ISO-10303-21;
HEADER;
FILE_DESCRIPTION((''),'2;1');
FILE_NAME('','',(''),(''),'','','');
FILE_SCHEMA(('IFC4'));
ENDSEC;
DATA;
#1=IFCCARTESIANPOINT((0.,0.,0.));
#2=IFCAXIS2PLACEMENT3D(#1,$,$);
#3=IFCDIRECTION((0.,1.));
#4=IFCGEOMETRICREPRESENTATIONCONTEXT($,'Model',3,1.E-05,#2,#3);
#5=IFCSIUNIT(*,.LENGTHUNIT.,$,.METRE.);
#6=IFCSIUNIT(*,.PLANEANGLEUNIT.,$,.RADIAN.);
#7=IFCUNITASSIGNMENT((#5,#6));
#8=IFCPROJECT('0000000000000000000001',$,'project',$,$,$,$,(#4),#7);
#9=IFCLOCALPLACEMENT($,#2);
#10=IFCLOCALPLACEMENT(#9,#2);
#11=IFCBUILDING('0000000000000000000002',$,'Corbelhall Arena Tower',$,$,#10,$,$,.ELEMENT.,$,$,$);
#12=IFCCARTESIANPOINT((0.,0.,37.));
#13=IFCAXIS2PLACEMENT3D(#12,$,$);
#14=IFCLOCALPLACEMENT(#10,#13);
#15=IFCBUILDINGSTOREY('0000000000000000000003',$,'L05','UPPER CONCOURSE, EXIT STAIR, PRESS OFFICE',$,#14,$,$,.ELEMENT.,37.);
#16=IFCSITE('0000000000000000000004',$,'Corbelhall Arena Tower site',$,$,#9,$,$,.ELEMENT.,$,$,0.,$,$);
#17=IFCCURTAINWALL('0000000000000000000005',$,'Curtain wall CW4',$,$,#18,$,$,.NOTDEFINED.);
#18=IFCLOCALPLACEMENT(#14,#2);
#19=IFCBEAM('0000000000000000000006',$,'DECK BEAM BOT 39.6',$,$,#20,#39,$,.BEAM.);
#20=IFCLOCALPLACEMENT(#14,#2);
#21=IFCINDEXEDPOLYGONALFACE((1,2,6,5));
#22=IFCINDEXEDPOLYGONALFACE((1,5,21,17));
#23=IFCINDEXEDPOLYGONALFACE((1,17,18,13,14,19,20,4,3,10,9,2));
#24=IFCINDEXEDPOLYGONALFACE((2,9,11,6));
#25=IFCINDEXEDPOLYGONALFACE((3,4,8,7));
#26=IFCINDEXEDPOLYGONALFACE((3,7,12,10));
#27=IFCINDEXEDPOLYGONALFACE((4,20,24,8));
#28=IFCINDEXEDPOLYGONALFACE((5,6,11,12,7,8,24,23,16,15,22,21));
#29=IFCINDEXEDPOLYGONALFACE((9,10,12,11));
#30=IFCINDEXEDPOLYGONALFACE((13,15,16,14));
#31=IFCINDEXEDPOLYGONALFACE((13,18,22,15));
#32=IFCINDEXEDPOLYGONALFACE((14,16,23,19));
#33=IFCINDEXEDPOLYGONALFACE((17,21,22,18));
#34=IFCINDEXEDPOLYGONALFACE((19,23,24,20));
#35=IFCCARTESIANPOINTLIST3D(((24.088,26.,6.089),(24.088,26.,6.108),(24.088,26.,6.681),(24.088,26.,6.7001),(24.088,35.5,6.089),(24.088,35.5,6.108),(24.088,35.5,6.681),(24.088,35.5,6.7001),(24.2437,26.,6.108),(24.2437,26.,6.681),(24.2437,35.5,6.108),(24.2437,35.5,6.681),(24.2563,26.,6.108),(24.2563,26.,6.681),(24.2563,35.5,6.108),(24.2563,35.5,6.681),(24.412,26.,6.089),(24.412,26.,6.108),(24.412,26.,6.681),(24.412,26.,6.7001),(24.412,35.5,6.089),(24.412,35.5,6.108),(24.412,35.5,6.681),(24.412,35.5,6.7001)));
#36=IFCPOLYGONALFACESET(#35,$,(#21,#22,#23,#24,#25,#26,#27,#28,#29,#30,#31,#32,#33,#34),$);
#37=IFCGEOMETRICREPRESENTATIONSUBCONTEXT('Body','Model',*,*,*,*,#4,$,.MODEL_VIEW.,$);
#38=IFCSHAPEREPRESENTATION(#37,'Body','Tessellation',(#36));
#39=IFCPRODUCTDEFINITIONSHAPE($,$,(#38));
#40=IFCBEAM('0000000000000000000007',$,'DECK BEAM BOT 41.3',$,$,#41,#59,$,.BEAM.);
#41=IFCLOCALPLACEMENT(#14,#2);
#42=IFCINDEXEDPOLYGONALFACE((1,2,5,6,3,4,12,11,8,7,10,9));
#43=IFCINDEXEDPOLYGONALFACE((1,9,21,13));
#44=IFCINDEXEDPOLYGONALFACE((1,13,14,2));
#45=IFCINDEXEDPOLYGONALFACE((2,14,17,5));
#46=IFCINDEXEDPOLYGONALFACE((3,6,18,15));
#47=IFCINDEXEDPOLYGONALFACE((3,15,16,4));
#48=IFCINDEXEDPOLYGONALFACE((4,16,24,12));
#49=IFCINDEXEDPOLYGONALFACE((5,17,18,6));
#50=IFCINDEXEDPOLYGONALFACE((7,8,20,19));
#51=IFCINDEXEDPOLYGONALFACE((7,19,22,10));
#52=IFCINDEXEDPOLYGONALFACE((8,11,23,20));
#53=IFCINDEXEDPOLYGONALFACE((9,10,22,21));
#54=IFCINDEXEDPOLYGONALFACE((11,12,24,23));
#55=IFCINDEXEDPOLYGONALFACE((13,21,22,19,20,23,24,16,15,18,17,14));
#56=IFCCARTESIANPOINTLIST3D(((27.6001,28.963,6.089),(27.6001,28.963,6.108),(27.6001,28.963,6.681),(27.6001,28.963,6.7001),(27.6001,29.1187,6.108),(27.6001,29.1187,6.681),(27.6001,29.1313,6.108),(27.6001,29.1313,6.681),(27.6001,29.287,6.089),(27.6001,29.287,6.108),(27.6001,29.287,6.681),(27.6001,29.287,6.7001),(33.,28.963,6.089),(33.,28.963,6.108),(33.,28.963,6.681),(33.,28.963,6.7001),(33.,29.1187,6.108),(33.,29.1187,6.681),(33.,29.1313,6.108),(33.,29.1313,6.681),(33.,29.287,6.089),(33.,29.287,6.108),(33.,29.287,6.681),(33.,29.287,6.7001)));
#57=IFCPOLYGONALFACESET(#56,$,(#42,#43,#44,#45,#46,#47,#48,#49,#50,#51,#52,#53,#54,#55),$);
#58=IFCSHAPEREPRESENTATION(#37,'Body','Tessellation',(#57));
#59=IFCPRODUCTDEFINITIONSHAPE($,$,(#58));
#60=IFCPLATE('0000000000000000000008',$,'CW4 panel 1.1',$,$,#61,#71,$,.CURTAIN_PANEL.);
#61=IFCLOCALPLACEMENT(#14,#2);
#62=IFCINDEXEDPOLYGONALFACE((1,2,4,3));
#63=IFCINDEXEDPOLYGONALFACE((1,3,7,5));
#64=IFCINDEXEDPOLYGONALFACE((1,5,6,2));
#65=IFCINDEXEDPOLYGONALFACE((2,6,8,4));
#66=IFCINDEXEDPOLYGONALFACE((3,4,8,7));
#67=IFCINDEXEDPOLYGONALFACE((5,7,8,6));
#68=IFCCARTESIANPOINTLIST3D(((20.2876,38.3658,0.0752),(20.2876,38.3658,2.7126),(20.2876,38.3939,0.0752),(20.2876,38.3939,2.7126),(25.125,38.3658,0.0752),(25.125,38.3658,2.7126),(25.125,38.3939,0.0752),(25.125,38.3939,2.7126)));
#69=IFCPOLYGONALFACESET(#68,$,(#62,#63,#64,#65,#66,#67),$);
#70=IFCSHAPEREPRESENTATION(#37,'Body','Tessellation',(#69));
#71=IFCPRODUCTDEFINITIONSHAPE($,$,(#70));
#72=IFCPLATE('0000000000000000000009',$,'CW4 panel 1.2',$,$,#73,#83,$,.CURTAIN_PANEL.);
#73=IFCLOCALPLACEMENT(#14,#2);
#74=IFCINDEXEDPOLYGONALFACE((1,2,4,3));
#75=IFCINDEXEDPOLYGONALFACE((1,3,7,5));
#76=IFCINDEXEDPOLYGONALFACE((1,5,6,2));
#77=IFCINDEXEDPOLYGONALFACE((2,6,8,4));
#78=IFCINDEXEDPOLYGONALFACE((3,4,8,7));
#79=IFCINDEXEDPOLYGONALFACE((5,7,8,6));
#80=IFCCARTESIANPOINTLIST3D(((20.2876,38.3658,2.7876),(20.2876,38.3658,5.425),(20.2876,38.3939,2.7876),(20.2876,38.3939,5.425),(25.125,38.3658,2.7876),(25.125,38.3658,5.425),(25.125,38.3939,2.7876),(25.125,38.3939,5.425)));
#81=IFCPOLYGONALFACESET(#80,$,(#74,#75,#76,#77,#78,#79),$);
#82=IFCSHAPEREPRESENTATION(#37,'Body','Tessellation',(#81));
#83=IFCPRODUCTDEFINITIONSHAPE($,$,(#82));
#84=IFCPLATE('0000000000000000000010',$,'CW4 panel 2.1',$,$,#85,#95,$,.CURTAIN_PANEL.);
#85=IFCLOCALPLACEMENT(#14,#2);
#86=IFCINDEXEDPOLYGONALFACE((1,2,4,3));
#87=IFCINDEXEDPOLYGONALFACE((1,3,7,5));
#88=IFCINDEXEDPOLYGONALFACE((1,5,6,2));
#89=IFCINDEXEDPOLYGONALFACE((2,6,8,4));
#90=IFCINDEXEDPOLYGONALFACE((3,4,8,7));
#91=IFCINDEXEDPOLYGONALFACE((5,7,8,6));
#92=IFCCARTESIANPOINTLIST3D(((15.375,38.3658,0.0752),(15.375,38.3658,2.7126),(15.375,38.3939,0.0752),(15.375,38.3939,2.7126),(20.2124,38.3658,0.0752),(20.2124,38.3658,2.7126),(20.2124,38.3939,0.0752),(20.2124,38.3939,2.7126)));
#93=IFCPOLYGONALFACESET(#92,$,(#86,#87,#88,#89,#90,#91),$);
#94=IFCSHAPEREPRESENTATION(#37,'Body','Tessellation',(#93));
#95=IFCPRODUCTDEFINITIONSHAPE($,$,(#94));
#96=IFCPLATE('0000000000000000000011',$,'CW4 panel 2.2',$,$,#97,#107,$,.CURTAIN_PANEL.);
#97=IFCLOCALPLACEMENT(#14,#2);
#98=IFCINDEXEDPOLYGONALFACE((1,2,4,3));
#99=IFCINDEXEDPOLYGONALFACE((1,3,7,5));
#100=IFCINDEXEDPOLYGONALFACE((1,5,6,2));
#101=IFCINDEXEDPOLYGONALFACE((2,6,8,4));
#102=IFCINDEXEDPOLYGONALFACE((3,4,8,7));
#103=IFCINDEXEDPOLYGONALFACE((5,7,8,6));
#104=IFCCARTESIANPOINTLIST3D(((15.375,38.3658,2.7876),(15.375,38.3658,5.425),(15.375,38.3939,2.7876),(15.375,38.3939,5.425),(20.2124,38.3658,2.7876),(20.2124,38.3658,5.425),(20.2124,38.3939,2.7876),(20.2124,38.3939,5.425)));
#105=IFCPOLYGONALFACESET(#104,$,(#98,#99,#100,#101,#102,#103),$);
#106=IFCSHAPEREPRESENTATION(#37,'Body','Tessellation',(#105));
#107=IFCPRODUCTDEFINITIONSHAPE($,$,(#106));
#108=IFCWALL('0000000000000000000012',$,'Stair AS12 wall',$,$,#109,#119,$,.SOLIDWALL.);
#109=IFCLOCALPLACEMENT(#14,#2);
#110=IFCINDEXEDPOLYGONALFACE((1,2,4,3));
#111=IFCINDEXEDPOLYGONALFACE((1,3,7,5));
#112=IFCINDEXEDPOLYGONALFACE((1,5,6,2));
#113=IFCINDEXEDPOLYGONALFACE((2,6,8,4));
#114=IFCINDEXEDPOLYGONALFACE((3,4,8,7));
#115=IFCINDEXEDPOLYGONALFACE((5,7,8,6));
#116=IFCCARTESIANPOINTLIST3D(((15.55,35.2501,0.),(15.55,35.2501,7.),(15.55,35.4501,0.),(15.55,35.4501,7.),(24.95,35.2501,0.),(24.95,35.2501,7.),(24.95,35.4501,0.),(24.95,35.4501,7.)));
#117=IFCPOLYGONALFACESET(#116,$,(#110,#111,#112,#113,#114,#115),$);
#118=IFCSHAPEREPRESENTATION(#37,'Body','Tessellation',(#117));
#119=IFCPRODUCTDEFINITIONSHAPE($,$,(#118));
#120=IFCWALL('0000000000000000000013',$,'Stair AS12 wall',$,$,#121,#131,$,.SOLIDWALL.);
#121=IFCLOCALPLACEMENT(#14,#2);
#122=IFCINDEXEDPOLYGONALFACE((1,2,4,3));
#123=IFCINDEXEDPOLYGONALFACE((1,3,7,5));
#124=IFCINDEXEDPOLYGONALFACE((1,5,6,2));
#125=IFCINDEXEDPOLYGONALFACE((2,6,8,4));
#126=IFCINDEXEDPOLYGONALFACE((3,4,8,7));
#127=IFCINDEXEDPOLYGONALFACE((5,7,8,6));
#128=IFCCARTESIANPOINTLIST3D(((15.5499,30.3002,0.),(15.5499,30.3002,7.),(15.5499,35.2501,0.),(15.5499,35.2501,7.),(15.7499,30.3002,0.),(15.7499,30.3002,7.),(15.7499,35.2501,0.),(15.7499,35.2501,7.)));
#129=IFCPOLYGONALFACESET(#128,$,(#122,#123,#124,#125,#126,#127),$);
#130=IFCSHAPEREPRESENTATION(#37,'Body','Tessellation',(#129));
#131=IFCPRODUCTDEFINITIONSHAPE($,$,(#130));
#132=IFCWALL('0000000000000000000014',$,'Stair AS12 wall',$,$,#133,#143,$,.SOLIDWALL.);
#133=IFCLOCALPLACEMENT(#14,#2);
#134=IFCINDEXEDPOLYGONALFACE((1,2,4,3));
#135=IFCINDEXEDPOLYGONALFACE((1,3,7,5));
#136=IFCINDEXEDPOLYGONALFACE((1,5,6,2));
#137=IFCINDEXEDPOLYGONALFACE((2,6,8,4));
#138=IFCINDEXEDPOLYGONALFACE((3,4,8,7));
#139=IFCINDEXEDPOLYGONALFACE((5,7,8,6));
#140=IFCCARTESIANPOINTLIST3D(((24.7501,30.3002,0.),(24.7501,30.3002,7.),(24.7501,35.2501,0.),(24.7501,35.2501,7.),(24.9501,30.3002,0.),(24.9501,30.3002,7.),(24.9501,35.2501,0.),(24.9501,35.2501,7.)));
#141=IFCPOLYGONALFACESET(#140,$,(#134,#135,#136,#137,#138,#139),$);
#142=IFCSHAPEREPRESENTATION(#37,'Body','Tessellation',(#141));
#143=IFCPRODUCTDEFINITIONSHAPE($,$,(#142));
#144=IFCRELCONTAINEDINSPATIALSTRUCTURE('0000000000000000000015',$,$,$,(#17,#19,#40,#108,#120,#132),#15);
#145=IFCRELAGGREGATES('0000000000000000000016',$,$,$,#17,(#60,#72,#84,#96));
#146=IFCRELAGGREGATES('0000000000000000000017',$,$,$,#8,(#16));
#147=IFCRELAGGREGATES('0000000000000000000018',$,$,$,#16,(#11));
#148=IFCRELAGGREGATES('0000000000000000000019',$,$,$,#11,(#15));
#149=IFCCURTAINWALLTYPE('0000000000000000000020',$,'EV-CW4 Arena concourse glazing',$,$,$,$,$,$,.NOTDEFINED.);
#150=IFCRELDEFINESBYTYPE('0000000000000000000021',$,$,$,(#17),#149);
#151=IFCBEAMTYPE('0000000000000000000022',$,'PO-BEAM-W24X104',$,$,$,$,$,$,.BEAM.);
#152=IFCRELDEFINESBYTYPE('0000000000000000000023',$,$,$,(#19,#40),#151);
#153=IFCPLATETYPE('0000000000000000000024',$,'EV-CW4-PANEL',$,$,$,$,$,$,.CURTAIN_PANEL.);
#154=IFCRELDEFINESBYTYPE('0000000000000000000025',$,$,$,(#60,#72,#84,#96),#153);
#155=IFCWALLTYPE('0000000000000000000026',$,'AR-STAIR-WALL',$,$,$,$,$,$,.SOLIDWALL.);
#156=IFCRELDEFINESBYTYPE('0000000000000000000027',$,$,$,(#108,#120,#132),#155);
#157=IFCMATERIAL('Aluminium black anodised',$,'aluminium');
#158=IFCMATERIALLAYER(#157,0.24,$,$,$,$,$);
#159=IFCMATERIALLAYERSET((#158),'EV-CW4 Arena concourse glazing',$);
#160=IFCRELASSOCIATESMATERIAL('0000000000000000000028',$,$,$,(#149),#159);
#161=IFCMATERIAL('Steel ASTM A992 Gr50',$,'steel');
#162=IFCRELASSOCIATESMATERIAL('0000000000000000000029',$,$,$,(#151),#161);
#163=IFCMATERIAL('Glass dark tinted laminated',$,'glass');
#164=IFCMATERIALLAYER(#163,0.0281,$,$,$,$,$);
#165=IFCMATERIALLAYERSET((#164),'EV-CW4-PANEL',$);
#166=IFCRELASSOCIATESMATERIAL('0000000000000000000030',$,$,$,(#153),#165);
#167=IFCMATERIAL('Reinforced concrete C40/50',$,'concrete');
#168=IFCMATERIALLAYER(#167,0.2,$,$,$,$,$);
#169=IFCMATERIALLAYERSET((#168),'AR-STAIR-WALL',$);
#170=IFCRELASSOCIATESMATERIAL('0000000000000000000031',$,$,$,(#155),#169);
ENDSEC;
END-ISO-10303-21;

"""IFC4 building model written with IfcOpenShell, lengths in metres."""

from ifc_helpers import new_model, si_unit, direction, frame, frame_2d, origin, origin_2d, place, context, subcontext, project, spatial, rectangle, i_section, extrude, material, layer, layer_set, material_profile, profile_set, type_object, element, aggregate, save


model = new_model("IFC4")

# Units and contexts
model_context = context("Model", 3, precision=1e-05, world=origin(), true_north=direction((0.0, 1.0)))
body_context = subcontext(model_context, "Body", "Model", "MODEL_VIEW")
ifc_project = project(units=[si_unit("LENGTHUNIT", "METRE"), si_unit("PLANEANGLEUNIT", "RADIAN")], contexts=[model_context])

# Site, building, storey
site_placement = place(None, origin())
site = spatial("IfcSite", under=ifc_project, at=site_placement, Name="Corbelhall Arena Tower site", CompositionType="ELEMENT", RefElevation=0.0)
building_placement = place(site_placement, origin())
building = spatial("IfcBuilding", under=site, at=building_placement, Name="Corbelhall Arena Tower", CompositionType="ELEMENT")
storey_placement = place(building_placement, frame((0.0, 0.0, 37.0)))
storey = spatial("IfcBuildingStorey", under=building, at=storey_placement, Name="L05", Description="UPPER CONCOURSE, EXIT STAIR, PRESS OFFICE", CompositionType="ELEMENT", Elevation=37.0)

# Curtain wall
ifc_material_1 = material(Name="Aluminium black anodised", Category="aluminium")
ifc_layer_1 = layer(ifc_material_1, 0.24)
ifc_layer_set_1 = layer_set([ifc_layer_1], Name="EV-CW4 Arena concourse glazing")
curtain_wall_type = type_object("IfcCurtainWallType", Name="EV-CW4 Arena concourse glazing", PredefinedType="NOTDEFINED", material=ifc_layer_set_1)
curtain_wall_placement = place(storey_placement, origin())
curtain_wall = element("IfcCurtainWall", 1, at=curtain_wall_placement, inside=storey, type_object=curtain_wall_type, Name="Curtain wall CW4", PredefinedType="NOTDEFINED")

# Beams
ifc_material_2 = material(Name="Steel ASTM A992 Gr50", Category="steel")
ifc_material_profile_1 = material_profile(ifc_material_2, i_section(OverallWidth=0.324, OverallDepth=0.6111, WebThickness=0.0127, FlangeThickness=0.019, at=origin_2d()))
ifc_profile_set_1 = profile_set([ifc_material_profile_1], Name="Steel ASTM A992 Gr50")
beam_type = type_object("IfcBeamType", Name="PO-BEAM-W24X104", PredefinedType="BEAM", material=ifc_profile_set_1)
for number, where, z_axis, x_axis, name in (
    (2, (24.25, 26.0, 6.3945), (0.0, 1.0, 0.0), (-1.0, 0.0, 0.0), "DECK BEAM BOT 39.6"),
):
    element("IfcBeam", number, at=place(storey_placement, frame(where, z_axis=z_axis, x_axis=x_axis)), inside=storey, type_object=beam_type, Name=name, PredefinedType="BEAM", context=body_context, shape_type="SweptSolid", body=[
        extrude(i_section(OverallWidth=0.324, OverallDepth=0.6111, WebThickness=0.0127, FlangeThickness=0.019, at=origin_2d()), origin(), (0.0, 0.0, 1.0), 9.5),
    ])
beam_placement = place(storey_placement, frame((27.6001, 29.125, 6.3945), z_axis=(1.0, 0.0, 0.0), x_axis=(0.0, 1.0, 0.0)))
element("IfcBeam", 3, at=beam_placement, inside=storey, type_object=beam_type, Name="DECK BEAM BOT 41.3", PredefinedType="BEAM", context=body_context, shape_type="SweptSolid", body=[
    extrude(i_section(OverallWidth=0.324, OverallDepth=0.6111, WebThickness=0.0127, FlangeThickness=0.019, at=origin_2d()), origin(), (0.0, 0.0, 1.0), 5.3999),
])

# Plates
ifc_material_3 = material(Name="Glass dark tinted laminated", Category="glass")
ifc_layer_2 = layer(ifc_material_3, 0.0281)
ifc_layer_set_2 = layer_set([ifc_layer_2], Name="EV-CW4-PANEL")
plate_type = type_object("IfcPlateType", Name="EV-CW4-PANEL", PredefinedType="CURTAIN_PANEL", material=ifc_layer_set_2)
plate_1_placement = place(storey_placement, frame((22.7063, 38.3799, 0.0752), z_axis=(0.0, 0.0, 1.0), x_axis=(-1.0, 0.0, 0.0)))
plate_1 = element("IfcPlate", 4, at=plate_1_placement, type_object=plate_type, Name="CW4 panel 1.1", PredefinedType="CURTAIN_PANEL", context=body_context, shape_type="SweptSolid", body=[
    extrude(rectangle(XDim=4.8374, YDim=0.0281, at=origin_2d()), origin(), (0.0, 0.0, 1.0), 2.6375),
])
plate_2_placement = place(storey_placement, frame((22.7063, 38.3799, 2.7876), z_axis=(0.0, 0.0, 1.0), x_axis=(-1.0, 0.0, 0.0)))
plate_2 = element("IfcPlate", 5, at=plate_2_placement, type_object=plate_type, Name="CW4 panel 1.2", PredefinedType="CURTAIN_PANEL", context=body_context, shape_type="SweptSolid", body=[
    extrude(rectangle(XDim=4.8374, YDim=0.0281, at=origin_2d()), origin(), (0.0, 0.0, 1.0), 2.6375),
])
plate_3_placement = place(storey_placement, frame((17.7937, 38.3799, 0.0752), z_axis=(0.0, 0.0, 1.0), x_axis=(-1.0, 0.0, 0.0)))
plate_3 = element("IfcPlate", 6, at=plate_3_placement, type_object=plate_type, Name="CW4 panel 2.1", PredefinedType="CURTAIN_PANEL", context=body_context, shape_type="SweptSolid", body=[
    extrude(rectangle(XDim=4.8374, YDim=0.0281, at=origin_2d()), origin(), (0.0, 0.0, 1.0), 2.6375),
])
plate_4_placement = place(storey_placement, frame((17.7937, 38.3799, 2.7876), z_axis=(0.0, 0.0, 1.0), x_axis=(-1.0, 0.0, 0.0)))
plate_4 = element("IfcPlate", 7, at=plate_4_placement, type_object=plate_type, Name="CW4 panel 2.2", PredefinedType="CURTAIN_PANEL", context=body_context, shape_type="SweptSolid", body=[
    extrude(rectangle(XDim=4.8374, YDim=0.0281, at=origin_2d()), origin(), (0.0, 0.0, 1.0), 2.6375),
])
aggregate(curtain_wall, [plate_1, plate_2, plate_3, plate_4])

# Shared definitions
ifc_material_4 = material(Name="Reinforced concrete C40/50", Category="concrete")
ifc_layer_3 = layer(ifc_material_4, 0.2)
ifc_layer_set_3 = layer_set([ifc_layer_3], Name="AR-STAIR-WALL")
wall_type = type_object("IfcWallType", Name="AR-STAIR-WALL", PredefinedType="SOLIDWALL", material=ifc_layer_set_3)

# Walls
wall_1_placement = place(storey_placement, frame((15.55, 35.3501, 0.0), z_axis=(0.0, 0.0, 1.0), x_axis=(1.0, 0.0, 0.0)))
element("IfcWall", 8, at=wall_1_placement, inside=storey, type_object=wall_type, Name="Stair AS12 wall", PredefinedType="SOLIDWALL", context=body_context, shape_type="SweptSolid", body=[
    extrude(rectangle(XDim=9.3999, YDim=0.2, at=frame_2d((4.7, 0.0))), origin(), (0.0, 0.0, 1.0), 7.0),
])
for number, where, z_axis, x_axis, name in (
    (9, (15.6499, 30.3, 0.0), (0.0, 0.0, 1.0), (0.0, 1.0, 0.0), "Stair AS12 wall"),
    (10, (24.8501, 30.3, 0.0), (0.0, 0.0, 1.0), (0.0, 1.0, 0.0), "Stair AS12 wall"),
):
    element("IfcWall", number, at=place(storey_placement, frame(where, z_axis=z_axis, x_axis=x_axis)), inside=storey, type_object=wall_type, Name=name, PredefinedType="SOLIDWALL", context=body_context, shape_type="SweptSolid", body=[
        extrude(rectangle(XDim=4.95, YDim=0.2, at=frame_2d((2.4751, 0.0))), origin(), (0.0, 0.0, 1.0), 7.0),
    ])

save(model, "model.ifc")
